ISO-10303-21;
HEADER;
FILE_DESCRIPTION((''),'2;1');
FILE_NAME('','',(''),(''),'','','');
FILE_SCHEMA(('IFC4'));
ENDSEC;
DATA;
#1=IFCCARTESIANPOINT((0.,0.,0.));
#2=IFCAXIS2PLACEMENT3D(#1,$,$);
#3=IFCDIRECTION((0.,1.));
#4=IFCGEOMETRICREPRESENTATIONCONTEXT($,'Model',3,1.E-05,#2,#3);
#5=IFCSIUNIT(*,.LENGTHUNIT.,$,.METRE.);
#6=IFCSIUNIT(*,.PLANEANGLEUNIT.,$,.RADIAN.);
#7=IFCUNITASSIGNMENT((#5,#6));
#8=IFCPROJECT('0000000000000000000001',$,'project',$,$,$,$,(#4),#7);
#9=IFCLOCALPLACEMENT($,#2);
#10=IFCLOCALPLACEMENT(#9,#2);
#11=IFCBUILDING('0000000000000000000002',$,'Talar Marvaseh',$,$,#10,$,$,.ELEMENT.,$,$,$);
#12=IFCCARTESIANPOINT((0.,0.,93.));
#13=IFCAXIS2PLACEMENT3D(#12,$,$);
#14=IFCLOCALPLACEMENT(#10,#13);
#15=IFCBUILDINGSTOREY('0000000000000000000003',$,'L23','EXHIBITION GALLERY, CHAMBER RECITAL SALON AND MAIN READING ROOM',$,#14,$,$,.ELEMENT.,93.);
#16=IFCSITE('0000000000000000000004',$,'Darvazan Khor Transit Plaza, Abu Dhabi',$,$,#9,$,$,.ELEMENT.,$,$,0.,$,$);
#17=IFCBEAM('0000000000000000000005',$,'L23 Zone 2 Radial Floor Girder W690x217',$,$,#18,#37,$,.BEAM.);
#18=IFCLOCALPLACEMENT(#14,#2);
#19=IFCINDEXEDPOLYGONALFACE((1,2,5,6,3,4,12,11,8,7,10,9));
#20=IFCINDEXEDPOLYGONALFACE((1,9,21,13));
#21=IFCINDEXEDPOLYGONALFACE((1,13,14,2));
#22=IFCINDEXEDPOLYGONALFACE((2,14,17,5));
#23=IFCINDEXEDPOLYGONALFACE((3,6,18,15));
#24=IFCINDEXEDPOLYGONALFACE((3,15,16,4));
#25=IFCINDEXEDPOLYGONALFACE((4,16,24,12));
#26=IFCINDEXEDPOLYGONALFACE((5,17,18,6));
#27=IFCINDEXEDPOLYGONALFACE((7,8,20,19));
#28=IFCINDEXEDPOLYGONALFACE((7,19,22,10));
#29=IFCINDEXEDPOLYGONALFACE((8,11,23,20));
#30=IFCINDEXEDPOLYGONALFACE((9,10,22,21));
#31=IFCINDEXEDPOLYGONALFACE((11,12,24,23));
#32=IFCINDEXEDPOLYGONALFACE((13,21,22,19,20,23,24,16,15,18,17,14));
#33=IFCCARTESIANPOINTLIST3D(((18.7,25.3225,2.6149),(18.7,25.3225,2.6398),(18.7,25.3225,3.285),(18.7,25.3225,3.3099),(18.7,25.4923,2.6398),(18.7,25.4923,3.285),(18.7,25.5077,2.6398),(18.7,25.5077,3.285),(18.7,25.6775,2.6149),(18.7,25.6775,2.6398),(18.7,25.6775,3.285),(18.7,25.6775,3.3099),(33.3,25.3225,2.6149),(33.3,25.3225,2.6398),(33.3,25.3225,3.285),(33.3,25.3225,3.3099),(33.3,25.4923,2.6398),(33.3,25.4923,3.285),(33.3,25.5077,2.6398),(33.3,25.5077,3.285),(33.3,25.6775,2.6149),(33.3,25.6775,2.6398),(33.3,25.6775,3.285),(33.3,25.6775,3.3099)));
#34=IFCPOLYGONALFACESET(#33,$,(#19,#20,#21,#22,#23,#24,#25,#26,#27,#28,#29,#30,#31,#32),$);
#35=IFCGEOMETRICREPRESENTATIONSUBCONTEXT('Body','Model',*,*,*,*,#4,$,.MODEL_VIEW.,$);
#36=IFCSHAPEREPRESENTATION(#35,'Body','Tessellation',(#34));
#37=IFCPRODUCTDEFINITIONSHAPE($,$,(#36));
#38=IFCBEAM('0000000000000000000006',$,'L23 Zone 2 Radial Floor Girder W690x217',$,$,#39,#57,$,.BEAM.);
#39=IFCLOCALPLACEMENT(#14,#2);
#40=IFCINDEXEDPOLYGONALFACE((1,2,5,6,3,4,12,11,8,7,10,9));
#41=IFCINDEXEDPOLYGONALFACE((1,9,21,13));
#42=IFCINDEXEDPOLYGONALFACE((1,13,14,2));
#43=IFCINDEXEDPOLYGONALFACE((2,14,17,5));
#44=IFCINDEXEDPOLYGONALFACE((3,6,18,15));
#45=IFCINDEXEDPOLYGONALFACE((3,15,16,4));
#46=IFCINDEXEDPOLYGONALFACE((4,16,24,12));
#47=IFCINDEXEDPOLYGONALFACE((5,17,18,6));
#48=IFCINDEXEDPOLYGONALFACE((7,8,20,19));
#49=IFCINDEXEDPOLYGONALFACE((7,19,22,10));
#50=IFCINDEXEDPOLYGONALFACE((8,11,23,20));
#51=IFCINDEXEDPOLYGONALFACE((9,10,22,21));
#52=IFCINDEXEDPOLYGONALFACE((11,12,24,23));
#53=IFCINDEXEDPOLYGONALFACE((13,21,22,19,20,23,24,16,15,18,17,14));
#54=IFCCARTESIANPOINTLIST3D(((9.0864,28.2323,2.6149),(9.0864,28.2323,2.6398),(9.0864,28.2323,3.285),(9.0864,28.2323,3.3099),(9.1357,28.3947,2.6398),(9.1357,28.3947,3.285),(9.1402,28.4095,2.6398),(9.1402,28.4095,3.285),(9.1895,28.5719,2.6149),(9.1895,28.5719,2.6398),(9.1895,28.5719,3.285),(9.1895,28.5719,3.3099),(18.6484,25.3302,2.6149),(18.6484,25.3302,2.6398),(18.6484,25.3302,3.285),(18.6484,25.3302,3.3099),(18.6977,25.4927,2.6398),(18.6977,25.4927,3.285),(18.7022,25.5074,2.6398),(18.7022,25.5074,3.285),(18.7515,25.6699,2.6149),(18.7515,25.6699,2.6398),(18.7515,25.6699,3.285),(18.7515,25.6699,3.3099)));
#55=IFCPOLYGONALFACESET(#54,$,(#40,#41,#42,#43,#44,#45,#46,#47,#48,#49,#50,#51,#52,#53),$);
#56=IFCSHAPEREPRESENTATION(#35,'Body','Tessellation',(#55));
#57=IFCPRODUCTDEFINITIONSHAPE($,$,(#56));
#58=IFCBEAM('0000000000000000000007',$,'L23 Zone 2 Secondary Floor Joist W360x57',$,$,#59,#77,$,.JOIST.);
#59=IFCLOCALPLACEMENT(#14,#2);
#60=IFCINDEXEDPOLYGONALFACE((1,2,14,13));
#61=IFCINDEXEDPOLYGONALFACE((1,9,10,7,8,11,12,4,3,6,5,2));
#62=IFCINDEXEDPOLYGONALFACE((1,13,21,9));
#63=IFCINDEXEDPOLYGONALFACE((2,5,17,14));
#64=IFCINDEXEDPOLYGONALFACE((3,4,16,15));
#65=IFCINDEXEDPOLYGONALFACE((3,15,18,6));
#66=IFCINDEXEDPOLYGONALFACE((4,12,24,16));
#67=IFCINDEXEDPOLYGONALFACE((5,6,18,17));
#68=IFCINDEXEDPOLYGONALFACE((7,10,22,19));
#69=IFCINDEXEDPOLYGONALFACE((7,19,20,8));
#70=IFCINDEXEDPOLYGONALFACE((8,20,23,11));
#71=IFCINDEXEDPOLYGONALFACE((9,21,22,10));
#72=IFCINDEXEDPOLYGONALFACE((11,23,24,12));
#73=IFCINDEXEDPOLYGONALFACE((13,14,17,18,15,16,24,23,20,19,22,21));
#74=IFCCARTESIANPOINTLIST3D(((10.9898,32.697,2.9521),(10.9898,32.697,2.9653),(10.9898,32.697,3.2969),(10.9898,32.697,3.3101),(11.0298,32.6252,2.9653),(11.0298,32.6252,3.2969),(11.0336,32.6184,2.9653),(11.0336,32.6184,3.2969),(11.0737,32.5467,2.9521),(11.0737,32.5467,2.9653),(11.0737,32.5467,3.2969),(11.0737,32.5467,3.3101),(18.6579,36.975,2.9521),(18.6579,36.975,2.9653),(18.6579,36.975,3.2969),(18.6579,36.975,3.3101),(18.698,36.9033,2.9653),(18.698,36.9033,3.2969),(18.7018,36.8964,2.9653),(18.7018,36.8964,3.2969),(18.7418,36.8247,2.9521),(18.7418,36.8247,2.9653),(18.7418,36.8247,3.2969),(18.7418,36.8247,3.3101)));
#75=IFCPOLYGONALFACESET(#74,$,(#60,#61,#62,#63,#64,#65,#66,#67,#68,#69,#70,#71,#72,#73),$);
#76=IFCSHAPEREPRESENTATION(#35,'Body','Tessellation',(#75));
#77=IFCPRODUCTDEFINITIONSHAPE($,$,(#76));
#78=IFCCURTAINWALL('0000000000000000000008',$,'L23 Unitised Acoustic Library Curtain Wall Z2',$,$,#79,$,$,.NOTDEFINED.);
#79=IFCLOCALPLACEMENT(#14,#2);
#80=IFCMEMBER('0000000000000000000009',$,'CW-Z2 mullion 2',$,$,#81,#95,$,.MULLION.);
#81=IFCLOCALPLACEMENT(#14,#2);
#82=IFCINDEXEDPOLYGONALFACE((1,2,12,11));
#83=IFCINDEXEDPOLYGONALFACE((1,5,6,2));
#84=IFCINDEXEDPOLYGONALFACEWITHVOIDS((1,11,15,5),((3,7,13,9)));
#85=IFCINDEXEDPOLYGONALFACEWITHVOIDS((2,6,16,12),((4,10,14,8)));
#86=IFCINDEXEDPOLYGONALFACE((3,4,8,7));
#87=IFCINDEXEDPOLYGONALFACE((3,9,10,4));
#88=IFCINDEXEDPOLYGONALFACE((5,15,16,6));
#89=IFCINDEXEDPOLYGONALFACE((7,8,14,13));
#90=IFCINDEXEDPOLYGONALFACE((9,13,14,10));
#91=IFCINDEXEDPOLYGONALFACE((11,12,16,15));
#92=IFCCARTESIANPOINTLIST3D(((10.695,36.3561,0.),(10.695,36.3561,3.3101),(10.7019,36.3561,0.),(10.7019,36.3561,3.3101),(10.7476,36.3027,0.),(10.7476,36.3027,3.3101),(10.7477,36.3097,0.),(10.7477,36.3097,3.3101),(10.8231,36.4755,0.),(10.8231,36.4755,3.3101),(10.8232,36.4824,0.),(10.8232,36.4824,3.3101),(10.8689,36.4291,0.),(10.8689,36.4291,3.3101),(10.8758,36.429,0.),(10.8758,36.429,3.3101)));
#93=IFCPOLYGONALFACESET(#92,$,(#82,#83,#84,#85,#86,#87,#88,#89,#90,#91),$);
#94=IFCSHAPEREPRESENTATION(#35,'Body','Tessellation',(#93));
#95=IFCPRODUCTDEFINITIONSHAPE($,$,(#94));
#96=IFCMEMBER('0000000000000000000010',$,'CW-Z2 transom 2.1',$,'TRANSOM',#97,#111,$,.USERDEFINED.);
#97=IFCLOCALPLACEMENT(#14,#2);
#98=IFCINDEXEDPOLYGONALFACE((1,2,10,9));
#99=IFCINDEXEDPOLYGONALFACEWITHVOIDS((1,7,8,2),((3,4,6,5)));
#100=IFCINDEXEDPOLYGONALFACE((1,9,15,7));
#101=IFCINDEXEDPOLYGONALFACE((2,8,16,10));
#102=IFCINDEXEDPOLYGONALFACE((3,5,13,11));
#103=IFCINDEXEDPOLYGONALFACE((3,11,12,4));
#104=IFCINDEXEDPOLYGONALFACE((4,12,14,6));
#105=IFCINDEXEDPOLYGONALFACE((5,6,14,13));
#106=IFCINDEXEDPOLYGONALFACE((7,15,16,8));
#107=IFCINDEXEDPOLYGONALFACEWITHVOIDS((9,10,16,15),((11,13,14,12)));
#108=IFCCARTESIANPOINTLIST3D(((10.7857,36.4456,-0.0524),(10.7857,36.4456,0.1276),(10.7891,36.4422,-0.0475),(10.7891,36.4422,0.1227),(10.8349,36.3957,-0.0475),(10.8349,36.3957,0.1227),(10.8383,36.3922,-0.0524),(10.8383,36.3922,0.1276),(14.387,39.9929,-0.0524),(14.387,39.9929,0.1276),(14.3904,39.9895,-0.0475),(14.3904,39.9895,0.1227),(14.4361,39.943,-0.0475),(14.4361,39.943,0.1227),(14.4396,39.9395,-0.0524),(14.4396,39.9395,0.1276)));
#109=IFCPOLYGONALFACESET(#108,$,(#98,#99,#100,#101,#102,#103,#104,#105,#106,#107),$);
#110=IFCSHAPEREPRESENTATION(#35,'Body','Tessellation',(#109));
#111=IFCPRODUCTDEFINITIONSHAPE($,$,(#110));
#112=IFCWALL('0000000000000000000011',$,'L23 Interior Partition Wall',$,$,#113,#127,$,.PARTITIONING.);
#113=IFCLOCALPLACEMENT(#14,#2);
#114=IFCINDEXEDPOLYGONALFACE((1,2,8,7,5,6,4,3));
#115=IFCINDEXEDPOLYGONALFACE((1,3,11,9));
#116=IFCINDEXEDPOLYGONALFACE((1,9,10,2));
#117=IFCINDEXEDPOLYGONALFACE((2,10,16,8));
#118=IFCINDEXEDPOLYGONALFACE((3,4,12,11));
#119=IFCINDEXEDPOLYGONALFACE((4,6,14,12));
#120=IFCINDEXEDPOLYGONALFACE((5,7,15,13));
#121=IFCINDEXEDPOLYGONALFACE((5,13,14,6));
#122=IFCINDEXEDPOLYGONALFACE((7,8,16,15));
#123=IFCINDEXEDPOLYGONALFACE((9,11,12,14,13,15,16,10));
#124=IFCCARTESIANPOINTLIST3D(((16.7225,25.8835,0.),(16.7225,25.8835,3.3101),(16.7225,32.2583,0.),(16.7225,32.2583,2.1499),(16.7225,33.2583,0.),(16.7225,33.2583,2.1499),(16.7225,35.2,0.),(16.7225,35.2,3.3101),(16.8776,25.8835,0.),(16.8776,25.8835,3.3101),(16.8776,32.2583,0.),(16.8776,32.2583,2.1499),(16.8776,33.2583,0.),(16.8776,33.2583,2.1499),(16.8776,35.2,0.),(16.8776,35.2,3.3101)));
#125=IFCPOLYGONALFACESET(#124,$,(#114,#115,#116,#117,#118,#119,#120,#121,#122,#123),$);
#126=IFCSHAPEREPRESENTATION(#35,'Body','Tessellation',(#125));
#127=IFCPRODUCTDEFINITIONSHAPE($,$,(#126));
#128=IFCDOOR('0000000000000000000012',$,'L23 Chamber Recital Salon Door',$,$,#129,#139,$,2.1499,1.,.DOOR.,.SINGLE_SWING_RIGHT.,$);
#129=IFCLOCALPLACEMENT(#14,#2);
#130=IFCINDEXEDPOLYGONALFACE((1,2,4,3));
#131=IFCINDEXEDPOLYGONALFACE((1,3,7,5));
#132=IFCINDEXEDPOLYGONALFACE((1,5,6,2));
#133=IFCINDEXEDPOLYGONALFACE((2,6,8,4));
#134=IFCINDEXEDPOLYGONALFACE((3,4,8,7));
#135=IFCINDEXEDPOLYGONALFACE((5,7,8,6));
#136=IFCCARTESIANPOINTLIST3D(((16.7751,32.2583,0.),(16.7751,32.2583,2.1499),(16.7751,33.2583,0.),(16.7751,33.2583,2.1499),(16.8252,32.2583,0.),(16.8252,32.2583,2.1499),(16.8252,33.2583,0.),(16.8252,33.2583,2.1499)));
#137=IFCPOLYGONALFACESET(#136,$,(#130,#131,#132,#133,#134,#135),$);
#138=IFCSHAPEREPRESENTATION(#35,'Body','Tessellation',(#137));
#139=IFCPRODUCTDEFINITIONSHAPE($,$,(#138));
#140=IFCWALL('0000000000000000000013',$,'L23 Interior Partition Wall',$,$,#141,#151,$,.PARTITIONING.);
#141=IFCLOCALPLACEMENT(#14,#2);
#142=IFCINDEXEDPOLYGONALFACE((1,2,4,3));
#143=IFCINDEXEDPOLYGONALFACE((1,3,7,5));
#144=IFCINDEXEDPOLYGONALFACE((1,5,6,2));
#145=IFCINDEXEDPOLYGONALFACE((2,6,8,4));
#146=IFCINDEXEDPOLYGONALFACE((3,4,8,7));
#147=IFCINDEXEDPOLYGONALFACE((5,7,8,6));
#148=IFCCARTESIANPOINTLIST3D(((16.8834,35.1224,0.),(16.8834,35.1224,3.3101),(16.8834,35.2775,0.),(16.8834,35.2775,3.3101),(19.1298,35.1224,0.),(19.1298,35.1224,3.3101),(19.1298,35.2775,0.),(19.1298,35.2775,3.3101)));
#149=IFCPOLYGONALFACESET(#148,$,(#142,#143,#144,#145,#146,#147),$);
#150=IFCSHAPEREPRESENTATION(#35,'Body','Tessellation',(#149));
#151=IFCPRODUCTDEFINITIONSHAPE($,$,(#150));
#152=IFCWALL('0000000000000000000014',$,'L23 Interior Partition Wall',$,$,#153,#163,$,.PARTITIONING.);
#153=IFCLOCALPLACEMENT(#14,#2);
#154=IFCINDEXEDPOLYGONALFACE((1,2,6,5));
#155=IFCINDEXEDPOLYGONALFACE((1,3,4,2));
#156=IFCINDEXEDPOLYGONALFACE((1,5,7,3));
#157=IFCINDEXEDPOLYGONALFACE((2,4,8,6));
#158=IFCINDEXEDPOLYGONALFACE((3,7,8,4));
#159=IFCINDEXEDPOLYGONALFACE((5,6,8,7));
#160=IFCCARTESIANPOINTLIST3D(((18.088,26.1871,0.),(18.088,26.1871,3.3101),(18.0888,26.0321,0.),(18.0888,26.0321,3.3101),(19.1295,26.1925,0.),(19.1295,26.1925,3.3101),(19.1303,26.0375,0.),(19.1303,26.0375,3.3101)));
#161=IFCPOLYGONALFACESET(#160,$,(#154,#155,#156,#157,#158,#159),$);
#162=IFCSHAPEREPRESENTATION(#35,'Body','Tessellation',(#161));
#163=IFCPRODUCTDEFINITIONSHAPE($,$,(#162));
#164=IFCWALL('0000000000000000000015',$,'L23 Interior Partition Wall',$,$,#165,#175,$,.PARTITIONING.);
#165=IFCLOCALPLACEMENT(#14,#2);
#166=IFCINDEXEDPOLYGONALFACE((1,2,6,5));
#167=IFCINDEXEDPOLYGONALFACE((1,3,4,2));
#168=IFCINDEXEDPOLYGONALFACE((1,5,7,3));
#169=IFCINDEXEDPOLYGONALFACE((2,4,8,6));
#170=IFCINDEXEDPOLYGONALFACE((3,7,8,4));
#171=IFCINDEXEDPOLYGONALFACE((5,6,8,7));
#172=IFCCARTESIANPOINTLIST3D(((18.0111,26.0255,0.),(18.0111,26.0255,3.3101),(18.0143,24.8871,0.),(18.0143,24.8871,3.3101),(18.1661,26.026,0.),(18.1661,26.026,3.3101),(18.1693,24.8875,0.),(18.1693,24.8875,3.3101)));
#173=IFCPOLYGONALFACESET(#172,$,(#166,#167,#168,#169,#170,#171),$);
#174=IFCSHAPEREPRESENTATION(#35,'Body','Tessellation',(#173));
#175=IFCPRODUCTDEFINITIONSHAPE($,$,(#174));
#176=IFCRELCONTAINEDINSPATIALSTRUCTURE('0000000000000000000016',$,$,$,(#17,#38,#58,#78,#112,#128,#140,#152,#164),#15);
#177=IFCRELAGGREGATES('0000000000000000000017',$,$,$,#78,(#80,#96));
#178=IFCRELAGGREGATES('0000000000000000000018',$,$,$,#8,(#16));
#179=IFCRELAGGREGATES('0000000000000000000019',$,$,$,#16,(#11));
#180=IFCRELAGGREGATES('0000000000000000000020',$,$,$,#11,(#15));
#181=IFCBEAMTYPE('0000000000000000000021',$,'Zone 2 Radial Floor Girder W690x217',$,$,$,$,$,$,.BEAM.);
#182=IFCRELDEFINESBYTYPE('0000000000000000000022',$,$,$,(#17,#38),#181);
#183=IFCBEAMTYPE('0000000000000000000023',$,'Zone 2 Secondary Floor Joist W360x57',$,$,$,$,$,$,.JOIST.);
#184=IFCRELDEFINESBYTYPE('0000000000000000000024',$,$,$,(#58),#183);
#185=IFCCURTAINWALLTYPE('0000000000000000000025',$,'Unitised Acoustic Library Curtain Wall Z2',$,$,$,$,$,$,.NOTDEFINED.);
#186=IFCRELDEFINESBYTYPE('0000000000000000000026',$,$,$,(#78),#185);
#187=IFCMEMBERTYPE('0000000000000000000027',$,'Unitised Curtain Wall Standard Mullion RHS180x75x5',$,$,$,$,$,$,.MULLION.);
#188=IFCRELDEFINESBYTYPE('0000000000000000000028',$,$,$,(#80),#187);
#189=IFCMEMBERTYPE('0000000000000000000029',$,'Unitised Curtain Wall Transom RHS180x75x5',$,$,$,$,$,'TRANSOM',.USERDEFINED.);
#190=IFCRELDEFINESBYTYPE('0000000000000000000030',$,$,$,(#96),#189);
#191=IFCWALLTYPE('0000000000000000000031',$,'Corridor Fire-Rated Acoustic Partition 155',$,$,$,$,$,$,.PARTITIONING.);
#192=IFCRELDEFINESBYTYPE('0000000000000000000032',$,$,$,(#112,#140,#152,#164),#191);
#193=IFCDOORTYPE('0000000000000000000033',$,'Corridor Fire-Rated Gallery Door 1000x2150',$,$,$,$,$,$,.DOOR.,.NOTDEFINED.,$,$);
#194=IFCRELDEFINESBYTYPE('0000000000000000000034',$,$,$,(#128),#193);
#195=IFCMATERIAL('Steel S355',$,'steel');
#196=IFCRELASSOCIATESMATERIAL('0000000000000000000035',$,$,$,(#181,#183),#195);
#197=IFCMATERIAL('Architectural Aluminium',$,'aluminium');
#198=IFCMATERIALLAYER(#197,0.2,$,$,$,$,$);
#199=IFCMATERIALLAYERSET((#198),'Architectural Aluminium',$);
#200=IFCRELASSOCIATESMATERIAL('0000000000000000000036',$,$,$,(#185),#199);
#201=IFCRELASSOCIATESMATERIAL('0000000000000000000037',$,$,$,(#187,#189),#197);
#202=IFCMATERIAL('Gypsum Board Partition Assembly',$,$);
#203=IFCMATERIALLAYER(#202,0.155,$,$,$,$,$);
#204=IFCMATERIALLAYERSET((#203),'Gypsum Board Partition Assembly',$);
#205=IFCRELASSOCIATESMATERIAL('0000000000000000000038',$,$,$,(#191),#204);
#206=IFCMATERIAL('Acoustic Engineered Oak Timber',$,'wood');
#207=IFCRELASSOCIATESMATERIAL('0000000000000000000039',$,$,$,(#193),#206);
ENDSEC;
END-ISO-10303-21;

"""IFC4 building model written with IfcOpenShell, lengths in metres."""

from ifc_helpers import new_model, si_unit, direction, frame, frame_2d, origin, origin_2d, place, context, subcontext, project, spatial, rectangle, hollow_rectangle, i_section, extrude, source, transform, mapped, material, layer, layer_set, material_profile, profile_set, type_object, type_shapes, element, fill, aggregate, save


model = new_model("IFC4")

# Units and contexts
model_context = context("Model", 3, precision=1e-05, world=origin(), true_north=direction((0.0, 1.0)))
body_context = subcontext(model_context, "Body", "Model", "MODEL_VIEW")
ifc_project = project(units=[si_unit("LENGTHUNIT", "METRE"), si_unit("PLANEANGLEUNIT", "RADIAN")], contexts=[model_context])

# Site, building, storey
site_placement = place(None, origin())
site = spatial("IfcSite", under=ifc_project, at=site_placement, Name="Darvazan Khor Transit Plaza, Abu Dhabi", CompositionType="ELEMENT", RefElevation=0.0)
building_placement = place(site_placement, origin())
building = spatial("IfcBuilding", under=site, at=building_placement, Name="Talar Marvaseh", CompositionType="ELEMENT")
storey_placement = place(building_placement, frame((0.0, 0.0, 93.0)))
storey = spatial("IfcBuildingStorey", under=building, at=storey_placement, Name="L23", Description="EXHIBITION GALLERY, CHAMBER RECITAL SALON AND MAIN READING ROOM", CompositionType="ELEMENT", Elevation=93.0)

# Beams
ifc_material_1 = material(Name="Steel S355", Category="steel")
ifc_material_profile_1 = material_profile(ifc_material_1, i_section(OverallWidth=0.355, OverallDepth=0.6951, WebThickness=0.0154, FlangeThickness=0.0249, at=origin_2d()), Name="W690x217")
ifc_profile_set_1 = profile_set([ifc_material_profile_1], Name="Steel S355")
beam_type_1 = type_object("IfcBeamType", Name="Zone 2 Radial Floor Girder W690x217", PredefinedType="BEAM", material=ifc_profile_set_1)
beam_1_placement = place(storey_placement, frame((18.7, 25.5, 2.9624), z_axis=(1.0, 0.0, 0.0), x_axis=(0.0, 1.0, 0.0)))
element("IfcBeam", 1, at=beam_1_placement, inside=storey, type_object=beam_type_1, Name="L23 Zone 2 Radial Floor Girder W690x217", PredefinedType="BEAM", context=body_context, shape_type="SweptSolid", body=[
    extrude(i_section(OverallWidth=0.355, OverallDepth=0.6951, WebThickness=0.0154, FlangeThickness=0.0249, at=origin_2d()), origin(), (0.0, 0.0, 1.0), 14.6001),
])
beam_2_placement = place(storey_placement, frame((9.1379, 28.4021, 2.9624), z_axis=(0.956899, -0.290422, 0.0), x_axis=(0.290422, 0.956899, 0.0)))
element("IfcBeam", 2, at=beam_2_placement, inside=storey, type_object=beam_type_1, Name="L23 Zone 2 Radial Floor Girder W690x217", PredefinedType="BEAM", context=body_context, shape_type="SweptSolid", body=[
    extrude(i_section(OverallWidth=0.355, OverallDepth=0.6951, WebThickness=0.0154, FlangeThickness=0.0249, at=origin_2d()), origin(), (0.0, 0.0, 1.0), 9.9927),
])
ifc_material_profile_2 = material_profile(ifc_material_1, i_section(OverallWidth=0.1721, OverallDepth=0.3579, WebThickness=0.0078, FlangeThickness=0.0132, at=origin_2d()), Name="W360x57")
ifc_profile_set_2 = profile_set([ifc_material_profile_2], Name="Steel S355")
beam_type_2 = type_object("IfcBeamType", Name="Zone 2 Secondary Floor Joist W360x57", PredefinedType="JOIST", material=ifc_profile_set_2)
beam_3_placement = place(storey_placement, frame((11.0317, 32.6218, 3.1311), z_axis=(0.873288, 0.487205, 0.0), x_axis=(-0.487205, 0.873288, 0.0)))
element("IfcBeam", 3, at=beam_3_placement, inside=storey, type_object=beam_type_2, Name="L23 Zone 2 Secondary Floor Joist W360x57", PredefinedType="JOIST", context=body_context, shape_type="SweptSolid", body=[
    extrude(i_section(OverallWidth=0.1721, OverallDepth=0.3579, WebThickness=0.0078, FlangeThickness=0.0132, at=origin_2d()), origin(), (0.0, 0.0, 1.0), 8.7808),
])

# Curtain wall, members
ifc_material_2 = material(Name="Architectural Aluminium", Category="aluminium")
ifc_layer_1 = layer(ifc_material_2, 0.2)
ifc_layer_set_1 = layer_set([ifc_layer_1], Name="Architectural Aluminium")
curtain_wall_type = type_object("IfcCurtainWallType", Name="Unitised Acoustic Library Curtain Wall Z2", PredefinedType="NOTDEFINED", material=ifc_layer_set_1)
curtain_wall_placement = place(storey_placement, origin())
curtain_wall = element("IfcCurtainWall", 4, at=curtain_wall_placement, inside=storey, type_object=curtain_wall_type, Name="L23 Unitised Acoustic Library Curtain Wall Z2", PredefinedType="NOTDEFINED")
ifc_material_profile_3 = material_profile(ifc_material_2, hollow_rectangle(XDim=0.075, YDim=0.1799, WallThickness=0.0049, at=origin_2d()), Name="RHS180x75x5")
ifc_profile_set_3 = profile_set([ifc_material_profile_3], Name="Architectural Aluminium")
member_type_1 = type_object("IfcMemberType", Name="Unitised Curtain Wall Standard Mullion RHS180x75x5", PredefinedType="MULLION", material=ifc_profile_set_3)
shared_shape_1 = source(origin(), body_context, "Body", "SweptSolid", [
    extrude(hollow_rectangle(XDim=0.075, YDim=0.1799, WallThickness=0.0049, at=origin_2d()), origin(), (0.0, 0.0, 1.0), 3.3101),
])
type_shapes(member_type_1, [shared_shape_1])
member_1_placement = place(storey_placement, frame((10.7854, 36.3926, 0.0), z_axis=(0.0, 0.0, 1.0), x_axis=(-0.701755, 0.712418, 0.0)))
member_1 = element("IfcMember", 5, at=member_1_placement, type_object=member_type_1, Name="CW-Z2 mullion 2", PredefinedType="MULLION", context=body_context, shape_type="MappedRepresentation", body=[
    mapped(shared_shape_1, transform((0.0, 0.0, 0.0), x_axis=(1.0, 0.0, 0.0), y_axis=(0.0, 1.0, 0.0), z_axis=(0.0, 0.0, 1.0), scale=1.0)),
])
ifc_material_profile_4 = material_profile(ifc_material_2, hollow_rectangle(XDim=0.075, YDim=0.1799, WallThickness=0.0049, at=origin_2d()), Name="RHS180x75x5")
ifc_profile_set_4 = profile_set([ifc_material_profile_4], Name="Architectural Aluminium")
member_type_2 = type_object("IfcMemberType", Name="Unitised Curtain Wall Transom RHS180x75x5", ElementType="TRANSOM", PredefinedType="USERDEFINED", material=ifc_profile_set_4)
shared_shape_2 = source(origin(), body_context, "Body", "SweptSolid", [
    extrude(hollow_rectangle(XDim=0.075, YDim=0.1799, WallThickness=0.0049, at=origin_2d()), origin(), (0.0, 0.0, 1.0), 5.0549),
])
type_shapes(member_type_2, [shared_shape_2])
member_2_placement = place(storey_placement, frame((10.812, 36.4189, 0.0376), z_axis=(0.712423, 0.70175, 0.0), x_axis=(-0.70175, 0.712423, 0.0)))
member_2 = element("IfcMember", 6, at=member_2_placement, type_object=member_type_2, Name="CW-Z2 transom 2.1", ObjectType="TRANSOM", PredefinedType="USERDEFINED", context=body_context, shape_type="MappedRepresentation", body=[
    mapped(shared_shape_2, transform((0.0, 0.0, 0.0), x_axis=(1.0, 0.0, 0.0), y_axis=(0.0, 1.0, 0.0), z_axis=(0.0, 0.0, 1.0), scale=1.0)),
])
aggregate(curtain_wall, [member_1, member_2])

# Wall, opening, door
ifc_material_3 = material(Name="Gypsum Board Partition Assembly")
ifc_layer_2 = layer(ifc_material_3, 0.155)
ifc_layer_set_2 = layer_set([ifc_layer_2], Name="Gypsum Board Partition Assembly")
wall_type_1 = type_object("IfcWallType", Name="Corridor Fire-Rated Acoustic Partition 155", PredefinedType="PARTITIONING", material=ifc_layer_set_2)
wall_1_placement = place(storey_placement, frame((16.8, 25.8835, 0.0), z_axis=(0.0, 0.0, 1.0), x_axis=(0.0, 1.0, 0.0)))
wall_1 = element("IfcWall", 7, at=wall_1_placement, inside=storey, type_object=wall_type_1, Name="L23 Interior Partition Wall", PredefinedType="PARTITIONING", context=body_context, shape_type="SweptSolid", body=[
    extrude(rectangle(XDim=9.3164, YDim=0.155, at=frame_2d((4.6582, 0.0))), origin(), (0.0, 0.0, 1.0), 3.3101),
])
opening_placement = place(wall_1_placement, frame((6.3748, 0.0, 0.0)))
opening = element("IfcOpeningElement", 8, at=opening_placement, cuts=wall_1, PredefinedType="OPENING", context=body_context, shape_type="SweptSolid", body=[
    extrude(rectangle(XDim=1.0, YDim=2.1499, at=frame_2d((0.5, 1.075))), frame((0.0, 0.0874, 0.0), z_axis=(0.0, -1.0, 0.0), x_axis=(1.0, 0.0, 0.0)), (0.0, 0.0, 1.0), 0.175),
])
ifc_material_4 = material(Name="Acoustic Engineered Oak Timber", Category="wood")
door_type = type_object("IfcDoorType", Name="Corridor Fire-Rated Gallery Door 1000x2150", OperationType="NOTDEFINED", PredefinedType="DOOR", material=ifc_material_4)
shared_shape_3 = source(origin(), body_context, "Body", "SweptSolid", [
    extrude(rectangle(XDim=1.0, YDim=2.1499, at=frame_2d((0.5, 1.075))), frame((0.0, 0.0249, 0.0), z_axis=(0.0, -1.0, 0.0), x_axis=(1.0, 0.0, 0.0)), (0.0, 0.0, 1.0), 0.05),
])
type_shapes(door_type, [shared_shape_3])
door_placement = place(opening_placement, origin())
door = element("IfcDoor", 9, at=door_placement, inside=storey, type_object=door_type, Name="L23 Chamber Recital Salon Door", OperationType="SINGLE_SWING_RIGHT", OverallHeight=2.1499, OverallWidth=1.0, PredefinedType="DOOR", context=body_context, shape_type="MappedRepresentation", body=[
    mapped(shared_shape_3, transform((0.0, 0.0, 0.0), x_axis=(1.0, 0.0, 0.0), y_axis=(0.0, 1.0, 0.0), z_axis=(0.0, 0.0, 1.0), scale=1.0)),
])
fill(opening, door)

# Walls
wall_2_placement = place(storey_placement, frame((16.8835, 35.2, 0.0), z_axis=(0.0, 0.0, 1.0), x_axis=(1.0, 0.0, 0.0)))
element("IfcWall", 10, at=wall_2_placement, inside=storey, type_object=wall_type_1, Name="L23 Interior Partition Wall", PredefinedType="PARTITIONING", context=body_context, shape_type="SweptSolid", body=[
    extrude(rectangle(XDim=2.2463, YDim=0.155, at=frame_2d((1.123, 0.0))), origin(), (0.0, 0.0, 1.0), 3.3101),
])
wall_3_placement = place(storey_placement, frame((19.1299, 26.115, 0.0), z_axis=(0.0, 0.0, 1.0), x_axis=(-0.999987, -0.005157, 0.0)))
element("IfcWall", 11, at=wall_3_placement, inside=storey, type_object=wall_type_1, Name="L23 Interior Partition Wall", PredefinedType="PARTITIONING", context=body_context, shape_type="SweptSolid", body=[
    extrude(rectangle(XDim=1.0415, YDim=0.155, at=frame_2d((0.5208, 0.0))), origin(), (0.0, 0.0, 1.0), 3.3101),
])
wall_4_placement = place(storey_placement, frame((18.0886, 26.0259, 0.0), z_axis=(0.0, 0.0, 1.0), x_axis=(0.002788, -0.999996, 0.0)))
element("IfcWall", 12, at=wall_4_placement, inside=storey, type_object=wall_type_1, Name="L23 Interior Partition Wall", PredefinedType="PARTITIONING", context=body_context, shape_type="SweptSolid", body=[
    extrude(rectangle(XDim=1.1384, YDim=0.155, at=frame_2d((0.5693, 0.0))), origin(), (0.0, 0.0, 1.0), 3.3101),
])

save(model, "model.ifc")
